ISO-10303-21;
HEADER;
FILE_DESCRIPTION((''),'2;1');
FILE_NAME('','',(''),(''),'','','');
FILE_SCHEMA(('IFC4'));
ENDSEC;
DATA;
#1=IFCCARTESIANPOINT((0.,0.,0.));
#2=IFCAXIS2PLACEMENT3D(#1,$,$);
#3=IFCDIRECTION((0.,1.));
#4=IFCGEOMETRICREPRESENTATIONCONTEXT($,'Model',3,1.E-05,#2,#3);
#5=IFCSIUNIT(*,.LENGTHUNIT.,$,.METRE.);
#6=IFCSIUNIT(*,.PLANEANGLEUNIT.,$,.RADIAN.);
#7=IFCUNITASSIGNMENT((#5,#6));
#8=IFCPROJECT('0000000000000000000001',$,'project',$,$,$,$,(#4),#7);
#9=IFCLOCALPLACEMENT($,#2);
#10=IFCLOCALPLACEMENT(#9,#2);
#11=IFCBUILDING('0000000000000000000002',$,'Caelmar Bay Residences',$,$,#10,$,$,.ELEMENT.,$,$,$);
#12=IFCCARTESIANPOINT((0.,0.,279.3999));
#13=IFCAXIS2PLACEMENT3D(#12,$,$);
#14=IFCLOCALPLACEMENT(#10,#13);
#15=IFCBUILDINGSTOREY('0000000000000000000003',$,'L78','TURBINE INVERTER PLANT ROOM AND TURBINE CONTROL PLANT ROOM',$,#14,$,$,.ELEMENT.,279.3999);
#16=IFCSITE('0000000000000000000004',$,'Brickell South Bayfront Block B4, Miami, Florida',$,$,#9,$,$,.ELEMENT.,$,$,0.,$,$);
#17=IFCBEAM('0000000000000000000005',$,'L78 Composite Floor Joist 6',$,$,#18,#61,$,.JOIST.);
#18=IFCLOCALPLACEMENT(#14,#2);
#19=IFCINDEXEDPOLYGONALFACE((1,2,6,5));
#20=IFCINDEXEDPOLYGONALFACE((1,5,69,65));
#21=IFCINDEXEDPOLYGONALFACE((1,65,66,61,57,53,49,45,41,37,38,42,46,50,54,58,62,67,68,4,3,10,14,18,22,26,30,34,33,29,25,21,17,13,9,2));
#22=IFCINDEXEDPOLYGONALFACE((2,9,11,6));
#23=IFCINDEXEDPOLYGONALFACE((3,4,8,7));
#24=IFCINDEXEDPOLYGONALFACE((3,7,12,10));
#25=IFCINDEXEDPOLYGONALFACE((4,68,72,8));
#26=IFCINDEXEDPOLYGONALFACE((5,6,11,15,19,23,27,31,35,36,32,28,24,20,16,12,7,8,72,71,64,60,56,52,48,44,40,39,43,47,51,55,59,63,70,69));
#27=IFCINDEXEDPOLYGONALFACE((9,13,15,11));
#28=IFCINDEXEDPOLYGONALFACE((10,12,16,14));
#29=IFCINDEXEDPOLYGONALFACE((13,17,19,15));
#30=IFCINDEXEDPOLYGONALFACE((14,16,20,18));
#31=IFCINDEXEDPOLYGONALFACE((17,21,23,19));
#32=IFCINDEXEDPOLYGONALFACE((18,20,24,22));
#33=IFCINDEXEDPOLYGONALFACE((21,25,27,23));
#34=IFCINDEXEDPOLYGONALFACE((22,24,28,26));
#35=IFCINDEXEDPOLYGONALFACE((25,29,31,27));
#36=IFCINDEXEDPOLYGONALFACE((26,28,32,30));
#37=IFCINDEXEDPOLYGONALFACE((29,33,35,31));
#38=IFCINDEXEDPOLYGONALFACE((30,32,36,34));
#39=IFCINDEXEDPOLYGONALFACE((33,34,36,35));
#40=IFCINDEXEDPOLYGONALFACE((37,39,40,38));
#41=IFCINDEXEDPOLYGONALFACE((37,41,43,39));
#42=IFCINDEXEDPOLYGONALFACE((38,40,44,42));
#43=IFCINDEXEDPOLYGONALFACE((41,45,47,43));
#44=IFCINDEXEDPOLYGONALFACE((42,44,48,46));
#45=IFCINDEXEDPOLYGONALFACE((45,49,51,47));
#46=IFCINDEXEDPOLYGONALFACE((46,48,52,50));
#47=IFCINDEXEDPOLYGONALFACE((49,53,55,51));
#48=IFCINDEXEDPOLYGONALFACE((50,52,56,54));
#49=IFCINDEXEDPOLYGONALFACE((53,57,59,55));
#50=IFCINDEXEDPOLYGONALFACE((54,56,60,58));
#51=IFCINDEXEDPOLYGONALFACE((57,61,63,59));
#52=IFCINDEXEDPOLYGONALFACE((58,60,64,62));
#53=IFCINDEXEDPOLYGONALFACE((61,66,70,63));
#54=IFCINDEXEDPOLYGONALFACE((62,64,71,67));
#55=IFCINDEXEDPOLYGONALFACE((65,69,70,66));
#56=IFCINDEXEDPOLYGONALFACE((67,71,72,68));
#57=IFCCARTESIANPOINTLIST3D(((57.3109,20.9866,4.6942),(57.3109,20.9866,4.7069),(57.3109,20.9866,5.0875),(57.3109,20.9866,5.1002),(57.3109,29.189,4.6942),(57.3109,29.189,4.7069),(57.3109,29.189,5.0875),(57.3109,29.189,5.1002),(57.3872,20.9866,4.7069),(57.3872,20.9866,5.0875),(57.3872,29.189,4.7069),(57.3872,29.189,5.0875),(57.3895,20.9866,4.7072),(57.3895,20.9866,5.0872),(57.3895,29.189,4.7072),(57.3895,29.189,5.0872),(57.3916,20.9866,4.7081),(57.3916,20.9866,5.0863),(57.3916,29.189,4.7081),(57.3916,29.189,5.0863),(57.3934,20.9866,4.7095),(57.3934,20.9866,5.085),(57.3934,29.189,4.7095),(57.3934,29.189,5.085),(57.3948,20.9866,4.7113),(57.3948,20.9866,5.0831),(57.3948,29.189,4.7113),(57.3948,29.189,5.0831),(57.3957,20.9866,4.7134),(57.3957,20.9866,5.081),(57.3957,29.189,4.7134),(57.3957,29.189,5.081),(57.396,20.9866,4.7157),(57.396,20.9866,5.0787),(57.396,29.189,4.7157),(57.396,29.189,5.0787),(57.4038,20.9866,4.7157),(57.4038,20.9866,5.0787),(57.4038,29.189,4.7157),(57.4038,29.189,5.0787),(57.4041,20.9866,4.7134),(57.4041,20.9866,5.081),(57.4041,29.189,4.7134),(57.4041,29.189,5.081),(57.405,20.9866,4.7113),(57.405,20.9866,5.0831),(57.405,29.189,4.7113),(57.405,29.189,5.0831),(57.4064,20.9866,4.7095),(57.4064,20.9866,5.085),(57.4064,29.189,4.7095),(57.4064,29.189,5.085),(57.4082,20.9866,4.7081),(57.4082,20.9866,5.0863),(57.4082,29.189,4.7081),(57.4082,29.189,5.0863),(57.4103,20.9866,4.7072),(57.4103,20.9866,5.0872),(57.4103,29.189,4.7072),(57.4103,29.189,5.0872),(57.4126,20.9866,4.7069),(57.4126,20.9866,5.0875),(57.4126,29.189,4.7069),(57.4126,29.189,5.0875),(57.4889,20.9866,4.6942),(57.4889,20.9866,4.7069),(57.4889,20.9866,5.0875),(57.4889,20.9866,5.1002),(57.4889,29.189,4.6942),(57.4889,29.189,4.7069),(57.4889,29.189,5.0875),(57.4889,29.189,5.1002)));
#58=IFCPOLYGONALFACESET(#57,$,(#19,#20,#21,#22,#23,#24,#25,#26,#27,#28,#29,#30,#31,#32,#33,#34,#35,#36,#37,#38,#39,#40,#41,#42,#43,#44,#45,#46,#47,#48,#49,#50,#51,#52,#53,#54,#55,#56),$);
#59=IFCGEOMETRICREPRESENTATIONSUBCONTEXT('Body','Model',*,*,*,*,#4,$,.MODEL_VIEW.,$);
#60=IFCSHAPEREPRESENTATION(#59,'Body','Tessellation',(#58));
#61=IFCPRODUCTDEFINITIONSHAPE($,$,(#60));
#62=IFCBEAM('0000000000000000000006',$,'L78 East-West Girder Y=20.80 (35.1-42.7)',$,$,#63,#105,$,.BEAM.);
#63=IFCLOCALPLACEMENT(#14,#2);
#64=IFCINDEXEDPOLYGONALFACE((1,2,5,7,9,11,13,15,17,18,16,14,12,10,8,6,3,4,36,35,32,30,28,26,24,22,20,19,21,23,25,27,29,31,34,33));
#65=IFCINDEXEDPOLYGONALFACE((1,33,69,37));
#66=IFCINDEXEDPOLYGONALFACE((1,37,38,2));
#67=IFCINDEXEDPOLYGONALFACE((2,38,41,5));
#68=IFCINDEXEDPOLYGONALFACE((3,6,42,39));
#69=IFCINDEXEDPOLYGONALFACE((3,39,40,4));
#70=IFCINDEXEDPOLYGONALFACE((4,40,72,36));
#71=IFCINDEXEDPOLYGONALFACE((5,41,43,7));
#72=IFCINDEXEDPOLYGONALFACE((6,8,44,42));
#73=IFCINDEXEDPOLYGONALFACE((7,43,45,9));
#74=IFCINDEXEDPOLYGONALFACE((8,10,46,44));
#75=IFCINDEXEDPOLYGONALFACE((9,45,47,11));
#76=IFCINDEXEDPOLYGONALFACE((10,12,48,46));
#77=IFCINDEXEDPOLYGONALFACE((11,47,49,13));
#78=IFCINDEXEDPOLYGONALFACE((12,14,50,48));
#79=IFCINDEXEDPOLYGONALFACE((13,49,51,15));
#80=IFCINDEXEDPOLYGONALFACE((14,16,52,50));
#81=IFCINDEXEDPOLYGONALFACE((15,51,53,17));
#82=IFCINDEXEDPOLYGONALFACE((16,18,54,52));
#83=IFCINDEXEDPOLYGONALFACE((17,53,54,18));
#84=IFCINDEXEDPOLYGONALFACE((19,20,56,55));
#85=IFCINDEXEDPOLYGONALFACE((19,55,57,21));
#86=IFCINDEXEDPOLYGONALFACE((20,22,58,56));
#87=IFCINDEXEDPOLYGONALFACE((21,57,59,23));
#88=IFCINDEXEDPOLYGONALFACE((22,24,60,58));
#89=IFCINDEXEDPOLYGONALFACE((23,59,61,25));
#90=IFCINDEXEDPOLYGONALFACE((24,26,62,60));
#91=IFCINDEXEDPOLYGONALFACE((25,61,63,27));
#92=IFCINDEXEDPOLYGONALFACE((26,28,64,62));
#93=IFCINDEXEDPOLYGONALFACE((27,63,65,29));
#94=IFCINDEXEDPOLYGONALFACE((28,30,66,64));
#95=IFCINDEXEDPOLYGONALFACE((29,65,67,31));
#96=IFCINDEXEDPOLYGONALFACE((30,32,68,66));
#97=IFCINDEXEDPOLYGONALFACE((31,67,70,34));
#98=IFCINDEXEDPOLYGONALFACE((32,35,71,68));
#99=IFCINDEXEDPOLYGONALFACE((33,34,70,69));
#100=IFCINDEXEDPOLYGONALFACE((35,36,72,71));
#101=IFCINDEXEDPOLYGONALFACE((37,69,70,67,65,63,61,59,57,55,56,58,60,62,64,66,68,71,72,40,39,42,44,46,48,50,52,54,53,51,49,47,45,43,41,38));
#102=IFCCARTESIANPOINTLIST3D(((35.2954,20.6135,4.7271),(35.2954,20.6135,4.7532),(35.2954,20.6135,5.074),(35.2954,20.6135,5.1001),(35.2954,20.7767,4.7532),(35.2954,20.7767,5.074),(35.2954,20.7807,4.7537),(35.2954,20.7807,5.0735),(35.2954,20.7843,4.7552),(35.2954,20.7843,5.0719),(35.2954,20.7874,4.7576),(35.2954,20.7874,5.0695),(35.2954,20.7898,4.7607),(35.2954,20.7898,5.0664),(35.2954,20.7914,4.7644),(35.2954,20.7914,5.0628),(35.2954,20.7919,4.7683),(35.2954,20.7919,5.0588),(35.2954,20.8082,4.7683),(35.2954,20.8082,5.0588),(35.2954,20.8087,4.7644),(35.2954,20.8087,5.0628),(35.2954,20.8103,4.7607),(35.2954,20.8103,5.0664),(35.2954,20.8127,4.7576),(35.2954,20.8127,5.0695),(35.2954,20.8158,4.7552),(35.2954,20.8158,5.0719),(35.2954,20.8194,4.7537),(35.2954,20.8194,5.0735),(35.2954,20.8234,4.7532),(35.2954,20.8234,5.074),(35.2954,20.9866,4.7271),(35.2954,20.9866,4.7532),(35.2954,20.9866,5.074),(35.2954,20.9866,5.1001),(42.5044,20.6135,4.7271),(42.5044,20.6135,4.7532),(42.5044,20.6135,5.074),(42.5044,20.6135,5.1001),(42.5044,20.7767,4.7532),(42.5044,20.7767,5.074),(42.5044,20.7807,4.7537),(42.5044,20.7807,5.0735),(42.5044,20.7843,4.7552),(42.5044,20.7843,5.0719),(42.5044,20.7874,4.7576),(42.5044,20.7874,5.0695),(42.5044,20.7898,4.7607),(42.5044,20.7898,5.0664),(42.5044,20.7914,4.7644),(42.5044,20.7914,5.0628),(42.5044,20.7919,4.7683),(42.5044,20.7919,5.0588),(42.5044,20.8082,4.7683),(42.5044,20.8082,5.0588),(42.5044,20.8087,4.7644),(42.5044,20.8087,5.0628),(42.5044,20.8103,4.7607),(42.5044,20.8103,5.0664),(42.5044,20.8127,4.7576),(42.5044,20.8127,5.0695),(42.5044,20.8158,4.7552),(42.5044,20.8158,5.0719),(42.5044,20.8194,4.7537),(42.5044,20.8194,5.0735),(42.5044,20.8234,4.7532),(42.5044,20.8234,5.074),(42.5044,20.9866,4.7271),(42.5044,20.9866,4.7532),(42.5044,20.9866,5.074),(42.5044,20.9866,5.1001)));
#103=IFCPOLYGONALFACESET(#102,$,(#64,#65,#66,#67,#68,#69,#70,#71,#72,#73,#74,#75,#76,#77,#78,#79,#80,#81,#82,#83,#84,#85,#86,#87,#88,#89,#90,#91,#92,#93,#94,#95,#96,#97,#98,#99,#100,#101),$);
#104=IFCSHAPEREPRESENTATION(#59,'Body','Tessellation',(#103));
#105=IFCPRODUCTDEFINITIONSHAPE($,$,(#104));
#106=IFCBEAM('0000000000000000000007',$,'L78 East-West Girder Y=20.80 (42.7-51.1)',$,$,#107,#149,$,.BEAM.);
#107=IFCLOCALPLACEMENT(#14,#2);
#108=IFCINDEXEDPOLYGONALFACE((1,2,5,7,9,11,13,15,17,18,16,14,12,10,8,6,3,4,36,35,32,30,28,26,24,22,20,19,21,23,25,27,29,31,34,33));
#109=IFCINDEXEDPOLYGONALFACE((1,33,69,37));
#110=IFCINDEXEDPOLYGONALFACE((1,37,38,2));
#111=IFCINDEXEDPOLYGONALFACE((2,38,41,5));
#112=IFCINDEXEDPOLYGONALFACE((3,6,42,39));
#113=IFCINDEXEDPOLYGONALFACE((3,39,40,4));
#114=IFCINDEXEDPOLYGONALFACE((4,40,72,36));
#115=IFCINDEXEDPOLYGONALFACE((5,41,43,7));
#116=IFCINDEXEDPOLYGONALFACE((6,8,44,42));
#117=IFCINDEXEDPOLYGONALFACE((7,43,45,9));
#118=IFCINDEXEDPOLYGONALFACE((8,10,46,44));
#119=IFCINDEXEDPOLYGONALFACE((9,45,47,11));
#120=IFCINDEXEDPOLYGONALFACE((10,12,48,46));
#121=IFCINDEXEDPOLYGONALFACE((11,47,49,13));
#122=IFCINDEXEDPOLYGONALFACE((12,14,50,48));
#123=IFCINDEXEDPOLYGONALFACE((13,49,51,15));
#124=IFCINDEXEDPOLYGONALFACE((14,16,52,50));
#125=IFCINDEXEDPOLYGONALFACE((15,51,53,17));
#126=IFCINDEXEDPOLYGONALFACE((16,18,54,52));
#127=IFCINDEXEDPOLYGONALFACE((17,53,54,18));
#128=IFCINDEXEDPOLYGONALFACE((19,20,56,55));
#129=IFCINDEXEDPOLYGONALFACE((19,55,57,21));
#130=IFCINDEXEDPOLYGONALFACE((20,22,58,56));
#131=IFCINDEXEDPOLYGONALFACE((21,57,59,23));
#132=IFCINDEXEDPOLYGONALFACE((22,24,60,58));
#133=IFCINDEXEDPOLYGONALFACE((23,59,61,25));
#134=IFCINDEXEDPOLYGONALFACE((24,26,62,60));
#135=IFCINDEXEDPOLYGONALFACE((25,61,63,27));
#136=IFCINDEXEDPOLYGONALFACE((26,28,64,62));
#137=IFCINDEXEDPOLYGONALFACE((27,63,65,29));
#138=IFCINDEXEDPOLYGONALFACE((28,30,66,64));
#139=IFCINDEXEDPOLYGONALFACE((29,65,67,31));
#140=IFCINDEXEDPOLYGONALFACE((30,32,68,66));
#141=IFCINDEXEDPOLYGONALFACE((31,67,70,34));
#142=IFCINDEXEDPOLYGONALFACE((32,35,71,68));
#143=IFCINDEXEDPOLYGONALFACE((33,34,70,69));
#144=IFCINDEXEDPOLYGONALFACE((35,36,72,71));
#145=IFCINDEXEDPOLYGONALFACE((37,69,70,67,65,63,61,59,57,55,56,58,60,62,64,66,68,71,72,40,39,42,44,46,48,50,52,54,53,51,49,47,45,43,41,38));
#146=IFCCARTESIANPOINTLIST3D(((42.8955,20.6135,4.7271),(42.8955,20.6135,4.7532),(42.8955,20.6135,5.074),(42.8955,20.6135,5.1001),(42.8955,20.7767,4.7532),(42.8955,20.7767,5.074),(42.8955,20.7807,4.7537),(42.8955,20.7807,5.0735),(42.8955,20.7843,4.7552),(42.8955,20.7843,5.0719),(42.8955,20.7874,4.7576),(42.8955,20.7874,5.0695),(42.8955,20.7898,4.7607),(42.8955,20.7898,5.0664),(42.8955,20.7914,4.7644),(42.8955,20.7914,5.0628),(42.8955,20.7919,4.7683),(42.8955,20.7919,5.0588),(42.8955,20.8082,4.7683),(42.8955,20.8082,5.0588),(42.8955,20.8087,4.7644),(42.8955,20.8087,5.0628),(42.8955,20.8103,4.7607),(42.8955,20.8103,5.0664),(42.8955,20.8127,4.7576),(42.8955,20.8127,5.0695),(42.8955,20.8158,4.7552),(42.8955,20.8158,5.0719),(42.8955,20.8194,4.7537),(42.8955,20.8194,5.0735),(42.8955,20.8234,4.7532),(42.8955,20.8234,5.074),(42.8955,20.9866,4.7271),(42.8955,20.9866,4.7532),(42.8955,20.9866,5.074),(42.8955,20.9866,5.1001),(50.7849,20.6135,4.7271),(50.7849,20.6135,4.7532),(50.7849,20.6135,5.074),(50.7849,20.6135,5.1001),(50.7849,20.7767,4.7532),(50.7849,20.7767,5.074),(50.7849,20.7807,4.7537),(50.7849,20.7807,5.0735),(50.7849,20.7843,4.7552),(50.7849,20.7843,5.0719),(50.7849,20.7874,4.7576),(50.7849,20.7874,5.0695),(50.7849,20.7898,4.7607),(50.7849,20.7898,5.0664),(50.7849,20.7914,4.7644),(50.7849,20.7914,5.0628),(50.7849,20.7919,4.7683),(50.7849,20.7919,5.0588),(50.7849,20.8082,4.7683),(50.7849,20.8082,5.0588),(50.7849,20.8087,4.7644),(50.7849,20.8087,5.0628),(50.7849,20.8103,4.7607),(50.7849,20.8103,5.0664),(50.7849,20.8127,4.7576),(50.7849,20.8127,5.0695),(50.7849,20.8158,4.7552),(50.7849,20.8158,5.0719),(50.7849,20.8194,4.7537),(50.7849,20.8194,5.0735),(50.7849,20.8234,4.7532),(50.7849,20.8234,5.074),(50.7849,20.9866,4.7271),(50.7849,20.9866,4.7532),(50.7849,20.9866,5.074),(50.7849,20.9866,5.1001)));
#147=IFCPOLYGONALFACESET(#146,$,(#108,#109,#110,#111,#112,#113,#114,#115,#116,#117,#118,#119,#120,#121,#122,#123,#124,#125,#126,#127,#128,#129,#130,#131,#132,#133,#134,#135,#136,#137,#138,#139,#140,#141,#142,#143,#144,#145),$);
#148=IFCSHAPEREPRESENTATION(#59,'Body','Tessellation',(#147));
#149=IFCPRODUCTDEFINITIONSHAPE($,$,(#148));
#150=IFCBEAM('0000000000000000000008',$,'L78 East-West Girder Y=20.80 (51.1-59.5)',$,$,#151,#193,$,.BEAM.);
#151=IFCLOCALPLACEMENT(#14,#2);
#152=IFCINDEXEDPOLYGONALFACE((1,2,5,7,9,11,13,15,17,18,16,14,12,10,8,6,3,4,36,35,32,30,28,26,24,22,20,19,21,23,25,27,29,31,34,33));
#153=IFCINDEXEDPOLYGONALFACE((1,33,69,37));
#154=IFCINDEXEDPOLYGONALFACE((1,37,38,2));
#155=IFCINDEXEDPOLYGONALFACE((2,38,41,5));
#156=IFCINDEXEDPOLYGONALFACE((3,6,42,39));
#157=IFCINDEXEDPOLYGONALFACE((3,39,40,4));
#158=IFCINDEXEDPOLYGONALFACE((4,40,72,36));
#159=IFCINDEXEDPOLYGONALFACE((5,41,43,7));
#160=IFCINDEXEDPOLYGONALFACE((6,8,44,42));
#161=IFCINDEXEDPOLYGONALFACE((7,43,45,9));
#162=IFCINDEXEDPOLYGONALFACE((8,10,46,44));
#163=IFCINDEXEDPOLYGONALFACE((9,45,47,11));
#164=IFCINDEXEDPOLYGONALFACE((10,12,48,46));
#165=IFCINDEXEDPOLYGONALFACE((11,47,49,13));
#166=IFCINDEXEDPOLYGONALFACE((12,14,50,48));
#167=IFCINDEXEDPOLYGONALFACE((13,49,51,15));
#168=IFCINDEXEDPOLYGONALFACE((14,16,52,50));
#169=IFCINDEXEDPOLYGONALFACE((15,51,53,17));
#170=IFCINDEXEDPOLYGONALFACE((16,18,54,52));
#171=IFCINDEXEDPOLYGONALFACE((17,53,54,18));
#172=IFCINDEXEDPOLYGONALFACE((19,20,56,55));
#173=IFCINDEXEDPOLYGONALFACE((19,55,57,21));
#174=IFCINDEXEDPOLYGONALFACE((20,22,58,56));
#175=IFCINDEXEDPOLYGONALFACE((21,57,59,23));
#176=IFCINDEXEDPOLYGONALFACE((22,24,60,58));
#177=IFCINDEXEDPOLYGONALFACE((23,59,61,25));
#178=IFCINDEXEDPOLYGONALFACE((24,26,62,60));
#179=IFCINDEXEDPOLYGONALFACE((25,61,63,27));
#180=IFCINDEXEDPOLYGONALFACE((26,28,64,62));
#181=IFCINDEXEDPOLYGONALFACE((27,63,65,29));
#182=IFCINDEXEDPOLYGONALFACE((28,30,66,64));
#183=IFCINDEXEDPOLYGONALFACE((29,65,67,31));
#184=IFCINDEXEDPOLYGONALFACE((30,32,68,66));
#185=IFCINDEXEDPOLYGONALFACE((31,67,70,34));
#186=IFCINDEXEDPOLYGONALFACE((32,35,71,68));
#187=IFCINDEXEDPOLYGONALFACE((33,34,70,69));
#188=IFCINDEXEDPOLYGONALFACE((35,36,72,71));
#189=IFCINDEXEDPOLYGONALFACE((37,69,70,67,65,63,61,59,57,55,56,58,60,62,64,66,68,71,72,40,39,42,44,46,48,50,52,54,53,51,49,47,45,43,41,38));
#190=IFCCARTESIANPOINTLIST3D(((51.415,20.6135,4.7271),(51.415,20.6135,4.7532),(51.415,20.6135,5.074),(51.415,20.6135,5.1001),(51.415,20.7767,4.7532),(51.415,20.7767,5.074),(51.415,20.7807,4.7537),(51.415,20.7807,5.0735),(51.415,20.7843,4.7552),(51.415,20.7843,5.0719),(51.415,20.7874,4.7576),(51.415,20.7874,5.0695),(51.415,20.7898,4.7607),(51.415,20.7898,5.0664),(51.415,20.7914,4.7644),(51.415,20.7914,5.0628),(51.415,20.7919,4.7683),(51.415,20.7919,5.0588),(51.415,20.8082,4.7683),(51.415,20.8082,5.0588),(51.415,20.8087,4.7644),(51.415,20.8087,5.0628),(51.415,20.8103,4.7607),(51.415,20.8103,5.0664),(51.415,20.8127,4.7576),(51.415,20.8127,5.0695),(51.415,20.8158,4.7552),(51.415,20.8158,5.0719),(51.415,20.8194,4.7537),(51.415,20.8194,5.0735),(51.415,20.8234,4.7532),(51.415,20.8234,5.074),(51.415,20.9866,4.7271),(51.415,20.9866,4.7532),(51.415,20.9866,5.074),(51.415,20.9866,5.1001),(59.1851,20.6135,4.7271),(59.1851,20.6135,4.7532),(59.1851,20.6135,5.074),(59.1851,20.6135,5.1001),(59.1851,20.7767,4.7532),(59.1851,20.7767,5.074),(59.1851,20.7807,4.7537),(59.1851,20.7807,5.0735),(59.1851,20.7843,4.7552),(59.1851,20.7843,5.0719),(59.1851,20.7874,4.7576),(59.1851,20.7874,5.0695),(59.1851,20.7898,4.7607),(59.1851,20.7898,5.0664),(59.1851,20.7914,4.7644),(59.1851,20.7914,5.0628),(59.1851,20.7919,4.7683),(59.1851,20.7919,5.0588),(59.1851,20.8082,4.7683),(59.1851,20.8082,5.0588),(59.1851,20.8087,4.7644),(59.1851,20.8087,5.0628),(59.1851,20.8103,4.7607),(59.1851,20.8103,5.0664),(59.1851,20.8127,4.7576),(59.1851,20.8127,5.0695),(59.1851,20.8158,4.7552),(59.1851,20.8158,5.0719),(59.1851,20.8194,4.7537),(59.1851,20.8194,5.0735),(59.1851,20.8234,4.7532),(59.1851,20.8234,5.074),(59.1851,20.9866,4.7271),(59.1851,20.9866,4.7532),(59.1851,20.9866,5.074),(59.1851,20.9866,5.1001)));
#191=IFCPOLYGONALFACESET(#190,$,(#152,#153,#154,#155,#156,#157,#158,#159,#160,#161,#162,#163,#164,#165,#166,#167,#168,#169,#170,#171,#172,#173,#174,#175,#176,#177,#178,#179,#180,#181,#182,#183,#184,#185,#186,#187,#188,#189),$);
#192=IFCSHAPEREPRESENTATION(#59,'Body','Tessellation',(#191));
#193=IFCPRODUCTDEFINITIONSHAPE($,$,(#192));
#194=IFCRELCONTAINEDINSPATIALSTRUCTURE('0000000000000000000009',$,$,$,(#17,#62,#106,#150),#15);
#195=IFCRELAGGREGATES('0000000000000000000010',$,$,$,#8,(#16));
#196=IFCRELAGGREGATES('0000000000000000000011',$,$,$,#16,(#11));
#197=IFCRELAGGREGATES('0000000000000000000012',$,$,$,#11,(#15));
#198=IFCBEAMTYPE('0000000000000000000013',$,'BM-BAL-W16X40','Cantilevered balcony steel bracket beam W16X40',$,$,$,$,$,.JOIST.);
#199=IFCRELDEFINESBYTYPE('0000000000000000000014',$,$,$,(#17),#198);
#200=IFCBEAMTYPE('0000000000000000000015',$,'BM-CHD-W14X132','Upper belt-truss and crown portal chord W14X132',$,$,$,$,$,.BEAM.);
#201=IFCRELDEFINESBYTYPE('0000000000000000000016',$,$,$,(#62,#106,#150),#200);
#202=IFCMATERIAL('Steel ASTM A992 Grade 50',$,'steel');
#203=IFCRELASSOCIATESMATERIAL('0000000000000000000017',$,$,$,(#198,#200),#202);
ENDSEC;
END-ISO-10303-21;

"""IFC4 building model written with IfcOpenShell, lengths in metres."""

from ifc_helpers import new_model, si_unit, direction, frame, origin, origin_2d, place, context, subcontext, project, spatial, i_section, extrude, material, material_profile, profile_set, type_object, element, save


model = new_model("IFC4")

# Units and contexts
model_context = context("Model", 3, precision=1e-05, world=origin(), true_north=direction((0.0, 1.0)))
body_context = subcontext(model_context, "Body", "Model", "MODEL_VIEW")
ifc_project = project(units=[si_unit("LENGTHUNIT", "METRE"), si_unit("PLANEANGLEUNIT", "RADIAN")], contexts=[model_context])

# Site, building, storey
site_placement = place(None, origin())
site = spatial("IfcSite", under=ifc_project, at=site_placement, Name="Brickell South Bayfront Block B4, Miami, Florida", CompositionType="ELEMENT", RefElevation=0.0)
building_placement = place(site_placement, origin())
building = spatial("IfcBuilding", under=site, at=building_placement, Name="Caelmar Bay Residences", CompositionType="ELEMENT")
storey_placement = place(building_placement, frame((0.0, 0.0, 279.3999)))
storey = spatial("IfcBuildingStorey", under=building, at=storey_placement, Name="L78", Description="TURBINE INVERTER PLANT ROOM AND TURBINE CONTROL PLANT ROOM", CompositionType="ELEMENT", Elevation=279.3999)

# Shared definitions
ifc_material_1 = material(Name="Steel ASTM A992 Grade 50", Category="steel")

# Beams
ifc_material_profile_1 = material_profile(ifc_material_1, i_section(OverallWidth=0.178, OverallDepth=0.406, WebThickness=0.0078, FlangeThickness=0.0127, FilletRadius=0.0088, at=origin_2d()), Name="W16X40")
ifc_profile_set_1 = profile_set([ifc_material_profile_1], Name="Steel ASTM A992 Grade 50")
beam_type_1 = type_object("IfcBeamType", Name="BM-BAL-W16X40", Description="Cantilevered balcony steel bracket beam W16X40", PredefinedType="JOIST", material=ifc_profile_set_1)
for number, where, z_axis, x_axis, name in (
    (1, (57.3999, 20.9866, 4.8972), (0.0, 1.0, 0.0), (-1.0, 0.0, 0.0), "L78 Composite Floor Joist 6"),
):
    element("IfcBeam", number, at=place(storey_placement, frame(where, z_axis=z_axis, x_axis=x_axis)), inside=storey, type_object=beam_type_1, Name=name, PredefinedType="JOIST", context=body_context, shape_type="SweptSolid", body=[
        extrude(i_section(OverallWidth=0.178, OverallDepth=0.406, WebThickness=0.0078, FlangeThickness=0.0127, FilletRadius=0.0088, at=origin_2d()), origin(), (0.0, 0.0, 1.0), 8.2024),
    ])
ifc_material_profile_2 = material_profile(ifc_material_1, i_section(OverallWidth=0.373, OverallDepth=0.373, WebThickness=0.0164, FlangeThickness=0.0261, FilletRadius=0.0151, at=origin_2d()), Name="W14X132")
ifc_profile_set_2 = profile_set([ifc_material_profile_2], Name="Steel ASTM A992 Grade 50")
beam_type_2 = type_object("IfcBeamType", Name="BM-CHD-W14X132", Description="Upper belt-truss and crown portal chord W14X132", PredefinedType="BEAM", material=ifc_profile_set_2)
beam_1_placement = place(storey_placement, frame((35.2954, 20.8, 4.9136), z_axis=(1.0, 0.0, 0.0), x_axis=(0.0, 1.0, 0.0)))
element("IfcBeam", 2, at=beam_1_placement, inside=storey, type_object=beam_type_2, Name="L78 East-West Girder Y=20.80 (35.1-42.7)", PredefinedType="BEAM", context=body_context, shape_type="SweptSolid", body=[
    extrude(i_section(OverallWidth=0.373, OverallDepth=0.373, WebThickness=0.0164, FlangeThickness=0.0261, FilletRadius=0.0151, at=origin_2d()), origin(), (0.0, 0.0, 1.0), 7.209),
])
beam_2_placement = place(storey_placement, frame((42.8955, 20.8, 4.9136), z_axis=(1.0, 0.0, 0.0), x_axis=(0.0, 1.0, 0.0)))
element("IfcBeam", 3, at=beam_2_placement, inside=storey, type_object=beam_type_2, Name="L78 East-West Girder Y=20.80 (42.7-51.1)", PredefinedType="BEAM", context=body_context, shape_type="SweptSolid", body=[
    extrude(i_section(OverallWidth=0.373, OverallDepth=0.373, WebThickness=0.0164, FlangeThickness=0.0261, FilletRadius=0.0151, at=origin_2d()), origin(), (0.0, 0.0, 1.0), 7.8894),
])
beam_3_placement = place(storey_placement, frame((51.415, 20.8, 4.9136), z_axis=(1.0, 0.0, 0.0), x_axis=(0.0, 1.0, 0.0)))
element("IfcBeam", 4, at=beam_3_placement, inside=storey, type_object=beam_type_2, Name="L78 East-West Girder Y=20.80 (51.1-59.5)", PredefinedType="BEAM", context=body_context, shape_type="SweptSolid", body=[
    extrude(i_section(OverallWidth=0.373, OverallDepth=0.373, WebThickness=0.0164, FlangeThickness=0.0261, FilletRadius=0.0151, at=origin_2d()), origin(), (0.0, 0.0, 1.0), 7.77),
])

save(model, "model.ifc")
